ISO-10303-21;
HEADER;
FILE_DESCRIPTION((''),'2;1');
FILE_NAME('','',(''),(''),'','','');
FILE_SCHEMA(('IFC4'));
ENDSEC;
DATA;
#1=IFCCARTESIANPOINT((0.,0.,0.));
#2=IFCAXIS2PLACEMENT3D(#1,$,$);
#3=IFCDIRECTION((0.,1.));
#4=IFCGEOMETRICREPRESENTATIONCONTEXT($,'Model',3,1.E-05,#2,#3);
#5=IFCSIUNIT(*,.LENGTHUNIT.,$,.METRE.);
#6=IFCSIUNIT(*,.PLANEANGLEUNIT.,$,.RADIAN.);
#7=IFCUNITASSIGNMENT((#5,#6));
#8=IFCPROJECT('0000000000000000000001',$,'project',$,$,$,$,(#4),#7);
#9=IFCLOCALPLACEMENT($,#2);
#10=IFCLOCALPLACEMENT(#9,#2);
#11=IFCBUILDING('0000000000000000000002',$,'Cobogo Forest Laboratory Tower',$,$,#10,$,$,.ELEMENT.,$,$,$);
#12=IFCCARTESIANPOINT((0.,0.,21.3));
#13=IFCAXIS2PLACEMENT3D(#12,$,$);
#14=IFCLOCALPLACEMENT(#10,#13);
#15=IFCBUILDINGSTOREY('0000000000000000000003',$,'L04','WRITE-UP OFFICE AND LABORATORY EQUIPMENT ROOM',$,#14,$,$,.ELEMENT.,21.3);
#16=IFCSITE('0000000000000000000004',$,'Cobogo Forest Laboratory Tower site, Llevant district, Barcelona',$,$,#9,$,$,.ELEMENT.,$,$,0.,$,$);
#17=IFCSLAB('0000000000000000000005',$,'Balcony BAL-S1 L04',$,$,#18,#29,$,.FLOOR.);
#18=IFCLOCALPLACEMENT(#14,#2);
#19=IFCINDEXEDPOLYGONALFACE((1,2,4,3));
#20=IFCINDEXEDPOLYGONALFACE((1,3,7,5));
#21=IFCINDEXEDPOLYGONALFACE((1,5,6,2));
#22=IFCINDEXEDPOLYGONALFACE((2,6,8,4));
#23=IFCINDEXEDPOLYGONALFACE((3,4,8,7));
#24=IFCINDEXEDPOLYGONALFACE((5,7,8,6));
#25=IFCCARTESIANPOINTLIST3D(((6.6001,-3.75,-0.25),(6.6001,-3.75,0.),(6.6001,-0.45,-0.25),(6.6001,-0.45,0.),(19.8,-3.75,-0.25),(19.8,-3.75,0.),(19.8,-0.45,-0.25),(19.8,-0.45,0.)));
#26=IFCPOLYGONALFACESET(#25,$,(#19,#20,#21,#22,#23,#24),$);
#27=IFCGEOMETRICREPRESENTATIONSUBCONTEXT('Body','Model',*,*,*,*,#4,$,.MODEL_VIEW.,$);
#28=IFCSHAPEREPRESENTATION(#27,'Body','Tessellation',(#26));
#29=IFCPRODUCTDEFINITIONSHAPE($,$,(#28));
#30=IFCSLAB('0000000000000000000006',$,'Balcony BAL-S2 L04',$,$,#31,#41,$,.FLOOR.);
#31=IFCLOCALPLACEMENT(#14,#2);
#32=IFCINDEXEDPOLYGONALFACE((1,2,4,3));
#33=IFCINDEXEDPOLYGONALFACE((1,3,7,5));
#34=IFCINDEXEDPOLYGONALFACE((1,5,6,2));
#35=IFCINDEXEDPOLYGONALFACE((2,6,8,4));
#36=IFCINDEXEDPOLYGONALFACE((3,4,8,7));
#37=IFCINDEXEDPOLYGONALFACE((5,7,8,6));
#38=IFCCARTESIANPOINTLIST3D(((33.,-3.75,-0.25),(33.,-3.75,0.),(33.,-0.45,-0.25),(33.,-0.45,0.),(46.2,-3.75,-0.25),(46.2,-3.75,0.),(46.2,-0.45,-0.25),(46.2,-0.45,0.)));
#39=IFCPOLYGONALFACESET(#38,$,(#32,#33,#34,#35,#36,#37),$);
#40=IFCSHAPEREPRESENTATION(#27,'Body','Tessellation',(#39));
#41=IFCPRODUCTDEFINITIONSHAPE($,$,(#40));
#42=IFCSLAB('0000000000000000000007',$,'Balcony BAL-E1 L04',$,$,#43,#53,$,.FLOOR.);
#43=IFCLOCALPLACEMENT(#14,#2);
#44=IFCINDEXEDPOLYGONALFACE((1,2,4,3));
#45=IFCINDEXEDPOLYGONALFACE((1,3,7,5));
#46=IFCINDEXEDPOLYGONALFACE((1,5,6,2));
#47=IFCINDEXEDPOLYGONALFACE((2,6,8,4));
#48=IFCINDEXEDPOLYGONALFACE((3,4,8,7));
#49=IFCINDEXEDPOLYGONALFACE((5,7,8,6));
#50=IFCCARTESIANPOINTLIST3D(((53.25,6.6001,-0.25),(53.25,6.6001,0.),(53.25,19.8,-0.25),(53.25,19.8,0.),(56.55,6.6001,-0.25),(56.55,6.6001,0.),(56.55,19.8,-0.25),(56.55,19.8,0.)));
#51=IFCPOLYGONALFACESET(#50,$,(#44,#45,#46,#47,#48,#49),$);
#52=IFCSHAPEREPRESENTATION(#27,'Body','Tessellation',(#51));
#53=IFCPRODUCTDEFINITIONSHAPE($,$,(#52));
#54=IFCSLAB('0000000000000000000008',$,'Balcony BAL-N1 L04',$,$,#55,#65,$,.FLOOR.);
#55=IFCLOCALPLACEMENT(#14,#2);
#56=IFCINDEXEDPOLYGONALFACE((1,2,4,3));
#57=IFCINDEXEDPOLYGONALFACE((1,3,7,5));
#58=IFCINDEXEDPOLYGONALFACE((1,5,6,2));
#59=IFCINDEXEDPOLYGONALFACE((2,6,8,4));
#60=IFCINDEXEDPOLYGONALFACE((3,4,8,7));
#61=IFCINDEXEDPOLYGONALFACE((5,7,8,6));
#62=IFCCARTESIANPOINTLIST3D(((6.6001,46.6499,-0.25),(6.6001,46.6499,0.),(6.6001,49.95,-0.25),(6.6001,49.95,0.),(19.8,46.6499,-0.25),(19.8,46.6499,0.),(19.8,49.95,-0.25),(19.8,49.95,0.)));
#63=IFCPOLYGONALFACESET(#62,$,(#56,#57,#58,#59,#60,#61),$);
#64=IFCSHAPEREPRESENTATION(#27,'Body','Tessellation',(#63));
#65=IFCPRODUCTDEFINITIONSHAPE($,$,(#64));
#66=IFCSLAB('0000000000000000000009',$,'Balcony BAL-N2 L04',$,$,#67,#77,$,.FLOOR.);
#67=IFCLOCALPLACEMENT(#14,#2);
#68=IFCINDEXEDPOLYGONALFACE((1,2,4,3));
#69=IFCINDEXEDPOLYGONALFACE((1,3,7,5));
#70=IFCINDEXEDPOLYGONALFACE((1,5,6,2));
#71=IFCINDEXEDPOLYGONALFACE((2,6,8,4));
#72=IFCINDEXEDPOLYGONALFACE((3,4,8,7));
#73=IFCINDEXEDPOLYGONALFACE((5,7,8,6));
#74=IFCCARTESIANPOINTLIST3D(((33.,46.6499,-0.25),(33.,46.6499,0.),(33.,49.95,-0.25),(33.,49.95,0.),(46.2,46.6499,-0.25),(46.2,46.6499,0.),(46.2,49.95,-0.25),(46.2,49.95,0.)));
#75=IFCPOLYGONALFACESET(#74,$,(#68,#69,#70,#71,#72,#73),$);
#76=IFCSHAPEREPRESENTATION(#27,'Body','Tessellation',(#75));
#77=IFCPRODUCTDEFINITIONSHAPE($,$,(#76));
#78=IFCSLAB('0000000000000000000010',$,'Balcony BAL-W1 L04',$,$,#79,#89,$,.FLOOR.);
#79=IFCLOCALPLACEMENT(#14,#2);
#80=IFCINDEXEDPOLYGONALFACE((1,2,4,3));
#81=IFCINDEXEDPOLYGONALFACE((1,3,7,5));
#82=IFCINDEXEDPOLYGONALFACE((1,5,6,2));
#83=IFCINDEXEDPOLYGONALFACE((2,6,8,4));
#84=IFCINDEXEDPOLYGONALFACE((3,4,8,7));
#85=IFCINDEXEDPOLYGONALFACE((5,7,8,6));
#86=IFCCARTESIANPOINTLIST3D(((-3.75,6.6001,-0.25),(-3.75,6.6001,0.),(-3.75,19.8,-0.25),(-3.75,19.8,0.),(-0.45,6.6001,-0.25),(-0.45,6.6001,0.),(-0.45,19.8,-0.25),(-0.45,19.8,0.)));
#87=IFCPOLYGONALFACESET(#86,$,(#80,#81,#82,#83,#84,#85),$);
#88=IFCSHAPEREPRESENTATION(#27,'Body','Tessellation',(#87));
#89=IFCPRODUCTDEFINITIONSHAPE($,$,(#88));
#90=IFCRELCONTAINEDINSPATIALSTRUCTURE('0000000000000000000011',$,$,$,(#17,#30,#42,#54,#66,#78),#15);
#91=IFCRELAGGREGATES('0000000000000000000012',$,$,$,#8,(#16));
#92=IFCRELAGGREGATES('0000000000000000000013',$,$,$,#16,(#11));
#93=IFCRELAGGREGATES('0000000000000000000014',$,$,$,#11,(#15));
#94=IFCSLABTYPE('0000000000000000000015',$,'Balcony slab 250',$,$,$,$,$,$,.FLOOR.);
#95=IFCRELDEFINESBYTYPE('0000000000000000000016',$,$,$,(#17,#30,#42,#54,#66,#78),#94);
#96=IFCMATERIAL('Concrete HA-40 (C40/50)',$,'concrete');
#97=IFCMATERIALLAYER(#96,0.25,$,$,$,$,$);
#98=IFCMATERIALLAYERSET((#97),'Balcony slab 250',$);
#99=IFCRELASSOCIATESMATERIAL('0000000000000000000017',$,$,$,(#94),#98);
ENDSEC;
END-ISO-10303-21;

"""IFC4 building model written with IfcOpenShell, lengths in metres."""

from ifc_helpers import new_model, si_unit, direction, frame, origin, place, context, subcontext, project, spatial, polyline, outline, extrude, material, layer, layer_set, type_object, element, save


model = new_model("IFC4")

# Units and contexts
model_context = context("Model", 3, precision=1e-05, world=origin(), true_north=direction((0.0, 1.0)))
body_context = subcontext(model_context, "Body", "Model", "MODEL_VIEW")
ifc_project = project(units=[si_unit("LENGTHUNIT", "METRE"), si_unit("PLANEANGLEUNIT", "RADIAN")], contexts=[model_context])

# Site, building, storey
site_placement = place(None, origin())
site = spatial("IfcSite", under=ifc_project, at=site_placement, Name="Cobogo Forest Laboratory Tower site, Llevant district, Barcelona", CompositionType="ELEMENT", RefElevation=0.0)
building_placement = place(site_placement, origin())
building = spatial("IfcBuilding", under=site, at=building_placement, Name="Cobogo Forest Laboratory Tower", CompositionType="ELEMENT")
storey_placement = place(building_placement, frame((0.0, 0.0, 21.3)))
storey = spatial("IfcBuildingStorey", under=building, at=storey_placement, Name="L04", Description="WRITE-UP OFFICE AND LABORATORY EQUIPMENT ROOM", CompositionType="ELEMENT", Elevation=21.3)

# Slabs
ifc_material_1 = material(Name="Concrete HA-40 (C40/50)", Category="concrete")
ifc_layer_1 = layer(ifc_material_1, 0.25)
ifc_layer_set_1 = layer_set([ifc_layer_1], Name="Balcony slab 250")
slab_type_1 = type_object("IfcSlabType", Name="Balcony slab 250", PredefinedType="FLOOR", material=ifc_layer_set_1)
slab_1_placement = place(storey_placement, frame((0.0, 0.0, -0.25)))
element("IfcSlab", 1, at=slab_1_placement, inside=storey, type_object=slab_type_1, Name="Balcony BAL-S1 L04", PredefinedType="FLOOR", context=body_context, shape_type="SweptSolid", body=[
    extrude(outline(polyline([(6.6001, -3.75), (19.8, -3.75), (19.8, -0.45), (6.6001, -0.45), (6.6001, -3.75)])), origin(), (0.0, 0.0, 1.0), 0.25),
])
slab_2_placement = place(storey_placement, frame((0.0, 0.0, -0.25)))
element("IfcSlab", 2, at=slab_2_placement, inside=storey, type_object=slab_type_1, Name="Balcony BAL-S2 L04", PredefinedType="FLOOR", context=body_context, shape_type="SweptSolid", body=[
    extrude(outline(polyline([(33.0, -3.75), (46.2, -3.75), (46.2, -0.45), (33.0, -0.45), (33.0, -3.75)])), origin(), (0.0, 0.0, 1.0), 0.25),
])
slab_3_placement = place(storey_placement, frame((0.0, 0.0, -0.25)))
element("IfcSlab", 3, at=slab_3_placement, inside=storey, type_object=slab_type_1, Name="Balcony BAL-E1 L04", PredefinedType="FLOOR", context=body_context, shape_type="SweptSolid", body=[
    extrude(outline(polyline([(53.25, 6.6001), (56.55, 6.6001), (56.55, 19.8), (53.25, 19.8), (53.25, 6.6001)])), origin(), (0.0, 0.0, 1.0), 0.25),
])
slab_4_placement = place(storey_placement, frame((0.0, 0.0, -0.25)))
element("IfcSlab", 4, at=slab_4_placement, inside=storey, type_object=slab_type_1, Name="Balcony BAL-N1 L04", PredefinedType="FLOOR", context=body_context, shape_type="SweptSolid", body=[
    extrude(outline(polyline([(6.6001, 46.6499), (19.8, 46.6499), (19.8, 49.95), (6.6001, 49.95), (6.6001, 46.6499)])), origin(), (0.0, 0.0, 1.0), 0.25),
])
slab_5_placement = place(storey_placement, frame((0.0, 0.0, -0.25)))
element("IfcSlab", 5, at=slab_5_placement, inside=storey, type_object=slab_type_1, Name="Balcony BAL-N2 L04", PredefinedType="FLOOR", context=body_context, shape_type="SweptSolid", body=[
    extrude(outline(polyline([(33.0, 46.6499), (46.2, 46.6499), (46.2, 49.95), (33.0, 49.95), (33.0, 46.6499)])), origin(), (0.0, 0.0, 1.0), 0.25),
])
slab_6_placement = place(storey_placement, frame((0.0, 0.0, -0.25)))
element("IfcSlab", 6, at=slab_6_placement, inside=storey, type_object=slab_type_1, Name="Balcony BAL-W1 L04", PredefinedType="FLOOR", context=body_context, shape_type="SweptSolid", body=[
    extrude(outline(polyline([(-3.75, 6.6001), (-0.45, 6.6001), (-0.45, 19.8), (-3.75, 19.8), (-3.75, 6.6001)])), origin(), (0.0, 0.0, 1.0), 0.25),
])

save(model, "model.ifc")
